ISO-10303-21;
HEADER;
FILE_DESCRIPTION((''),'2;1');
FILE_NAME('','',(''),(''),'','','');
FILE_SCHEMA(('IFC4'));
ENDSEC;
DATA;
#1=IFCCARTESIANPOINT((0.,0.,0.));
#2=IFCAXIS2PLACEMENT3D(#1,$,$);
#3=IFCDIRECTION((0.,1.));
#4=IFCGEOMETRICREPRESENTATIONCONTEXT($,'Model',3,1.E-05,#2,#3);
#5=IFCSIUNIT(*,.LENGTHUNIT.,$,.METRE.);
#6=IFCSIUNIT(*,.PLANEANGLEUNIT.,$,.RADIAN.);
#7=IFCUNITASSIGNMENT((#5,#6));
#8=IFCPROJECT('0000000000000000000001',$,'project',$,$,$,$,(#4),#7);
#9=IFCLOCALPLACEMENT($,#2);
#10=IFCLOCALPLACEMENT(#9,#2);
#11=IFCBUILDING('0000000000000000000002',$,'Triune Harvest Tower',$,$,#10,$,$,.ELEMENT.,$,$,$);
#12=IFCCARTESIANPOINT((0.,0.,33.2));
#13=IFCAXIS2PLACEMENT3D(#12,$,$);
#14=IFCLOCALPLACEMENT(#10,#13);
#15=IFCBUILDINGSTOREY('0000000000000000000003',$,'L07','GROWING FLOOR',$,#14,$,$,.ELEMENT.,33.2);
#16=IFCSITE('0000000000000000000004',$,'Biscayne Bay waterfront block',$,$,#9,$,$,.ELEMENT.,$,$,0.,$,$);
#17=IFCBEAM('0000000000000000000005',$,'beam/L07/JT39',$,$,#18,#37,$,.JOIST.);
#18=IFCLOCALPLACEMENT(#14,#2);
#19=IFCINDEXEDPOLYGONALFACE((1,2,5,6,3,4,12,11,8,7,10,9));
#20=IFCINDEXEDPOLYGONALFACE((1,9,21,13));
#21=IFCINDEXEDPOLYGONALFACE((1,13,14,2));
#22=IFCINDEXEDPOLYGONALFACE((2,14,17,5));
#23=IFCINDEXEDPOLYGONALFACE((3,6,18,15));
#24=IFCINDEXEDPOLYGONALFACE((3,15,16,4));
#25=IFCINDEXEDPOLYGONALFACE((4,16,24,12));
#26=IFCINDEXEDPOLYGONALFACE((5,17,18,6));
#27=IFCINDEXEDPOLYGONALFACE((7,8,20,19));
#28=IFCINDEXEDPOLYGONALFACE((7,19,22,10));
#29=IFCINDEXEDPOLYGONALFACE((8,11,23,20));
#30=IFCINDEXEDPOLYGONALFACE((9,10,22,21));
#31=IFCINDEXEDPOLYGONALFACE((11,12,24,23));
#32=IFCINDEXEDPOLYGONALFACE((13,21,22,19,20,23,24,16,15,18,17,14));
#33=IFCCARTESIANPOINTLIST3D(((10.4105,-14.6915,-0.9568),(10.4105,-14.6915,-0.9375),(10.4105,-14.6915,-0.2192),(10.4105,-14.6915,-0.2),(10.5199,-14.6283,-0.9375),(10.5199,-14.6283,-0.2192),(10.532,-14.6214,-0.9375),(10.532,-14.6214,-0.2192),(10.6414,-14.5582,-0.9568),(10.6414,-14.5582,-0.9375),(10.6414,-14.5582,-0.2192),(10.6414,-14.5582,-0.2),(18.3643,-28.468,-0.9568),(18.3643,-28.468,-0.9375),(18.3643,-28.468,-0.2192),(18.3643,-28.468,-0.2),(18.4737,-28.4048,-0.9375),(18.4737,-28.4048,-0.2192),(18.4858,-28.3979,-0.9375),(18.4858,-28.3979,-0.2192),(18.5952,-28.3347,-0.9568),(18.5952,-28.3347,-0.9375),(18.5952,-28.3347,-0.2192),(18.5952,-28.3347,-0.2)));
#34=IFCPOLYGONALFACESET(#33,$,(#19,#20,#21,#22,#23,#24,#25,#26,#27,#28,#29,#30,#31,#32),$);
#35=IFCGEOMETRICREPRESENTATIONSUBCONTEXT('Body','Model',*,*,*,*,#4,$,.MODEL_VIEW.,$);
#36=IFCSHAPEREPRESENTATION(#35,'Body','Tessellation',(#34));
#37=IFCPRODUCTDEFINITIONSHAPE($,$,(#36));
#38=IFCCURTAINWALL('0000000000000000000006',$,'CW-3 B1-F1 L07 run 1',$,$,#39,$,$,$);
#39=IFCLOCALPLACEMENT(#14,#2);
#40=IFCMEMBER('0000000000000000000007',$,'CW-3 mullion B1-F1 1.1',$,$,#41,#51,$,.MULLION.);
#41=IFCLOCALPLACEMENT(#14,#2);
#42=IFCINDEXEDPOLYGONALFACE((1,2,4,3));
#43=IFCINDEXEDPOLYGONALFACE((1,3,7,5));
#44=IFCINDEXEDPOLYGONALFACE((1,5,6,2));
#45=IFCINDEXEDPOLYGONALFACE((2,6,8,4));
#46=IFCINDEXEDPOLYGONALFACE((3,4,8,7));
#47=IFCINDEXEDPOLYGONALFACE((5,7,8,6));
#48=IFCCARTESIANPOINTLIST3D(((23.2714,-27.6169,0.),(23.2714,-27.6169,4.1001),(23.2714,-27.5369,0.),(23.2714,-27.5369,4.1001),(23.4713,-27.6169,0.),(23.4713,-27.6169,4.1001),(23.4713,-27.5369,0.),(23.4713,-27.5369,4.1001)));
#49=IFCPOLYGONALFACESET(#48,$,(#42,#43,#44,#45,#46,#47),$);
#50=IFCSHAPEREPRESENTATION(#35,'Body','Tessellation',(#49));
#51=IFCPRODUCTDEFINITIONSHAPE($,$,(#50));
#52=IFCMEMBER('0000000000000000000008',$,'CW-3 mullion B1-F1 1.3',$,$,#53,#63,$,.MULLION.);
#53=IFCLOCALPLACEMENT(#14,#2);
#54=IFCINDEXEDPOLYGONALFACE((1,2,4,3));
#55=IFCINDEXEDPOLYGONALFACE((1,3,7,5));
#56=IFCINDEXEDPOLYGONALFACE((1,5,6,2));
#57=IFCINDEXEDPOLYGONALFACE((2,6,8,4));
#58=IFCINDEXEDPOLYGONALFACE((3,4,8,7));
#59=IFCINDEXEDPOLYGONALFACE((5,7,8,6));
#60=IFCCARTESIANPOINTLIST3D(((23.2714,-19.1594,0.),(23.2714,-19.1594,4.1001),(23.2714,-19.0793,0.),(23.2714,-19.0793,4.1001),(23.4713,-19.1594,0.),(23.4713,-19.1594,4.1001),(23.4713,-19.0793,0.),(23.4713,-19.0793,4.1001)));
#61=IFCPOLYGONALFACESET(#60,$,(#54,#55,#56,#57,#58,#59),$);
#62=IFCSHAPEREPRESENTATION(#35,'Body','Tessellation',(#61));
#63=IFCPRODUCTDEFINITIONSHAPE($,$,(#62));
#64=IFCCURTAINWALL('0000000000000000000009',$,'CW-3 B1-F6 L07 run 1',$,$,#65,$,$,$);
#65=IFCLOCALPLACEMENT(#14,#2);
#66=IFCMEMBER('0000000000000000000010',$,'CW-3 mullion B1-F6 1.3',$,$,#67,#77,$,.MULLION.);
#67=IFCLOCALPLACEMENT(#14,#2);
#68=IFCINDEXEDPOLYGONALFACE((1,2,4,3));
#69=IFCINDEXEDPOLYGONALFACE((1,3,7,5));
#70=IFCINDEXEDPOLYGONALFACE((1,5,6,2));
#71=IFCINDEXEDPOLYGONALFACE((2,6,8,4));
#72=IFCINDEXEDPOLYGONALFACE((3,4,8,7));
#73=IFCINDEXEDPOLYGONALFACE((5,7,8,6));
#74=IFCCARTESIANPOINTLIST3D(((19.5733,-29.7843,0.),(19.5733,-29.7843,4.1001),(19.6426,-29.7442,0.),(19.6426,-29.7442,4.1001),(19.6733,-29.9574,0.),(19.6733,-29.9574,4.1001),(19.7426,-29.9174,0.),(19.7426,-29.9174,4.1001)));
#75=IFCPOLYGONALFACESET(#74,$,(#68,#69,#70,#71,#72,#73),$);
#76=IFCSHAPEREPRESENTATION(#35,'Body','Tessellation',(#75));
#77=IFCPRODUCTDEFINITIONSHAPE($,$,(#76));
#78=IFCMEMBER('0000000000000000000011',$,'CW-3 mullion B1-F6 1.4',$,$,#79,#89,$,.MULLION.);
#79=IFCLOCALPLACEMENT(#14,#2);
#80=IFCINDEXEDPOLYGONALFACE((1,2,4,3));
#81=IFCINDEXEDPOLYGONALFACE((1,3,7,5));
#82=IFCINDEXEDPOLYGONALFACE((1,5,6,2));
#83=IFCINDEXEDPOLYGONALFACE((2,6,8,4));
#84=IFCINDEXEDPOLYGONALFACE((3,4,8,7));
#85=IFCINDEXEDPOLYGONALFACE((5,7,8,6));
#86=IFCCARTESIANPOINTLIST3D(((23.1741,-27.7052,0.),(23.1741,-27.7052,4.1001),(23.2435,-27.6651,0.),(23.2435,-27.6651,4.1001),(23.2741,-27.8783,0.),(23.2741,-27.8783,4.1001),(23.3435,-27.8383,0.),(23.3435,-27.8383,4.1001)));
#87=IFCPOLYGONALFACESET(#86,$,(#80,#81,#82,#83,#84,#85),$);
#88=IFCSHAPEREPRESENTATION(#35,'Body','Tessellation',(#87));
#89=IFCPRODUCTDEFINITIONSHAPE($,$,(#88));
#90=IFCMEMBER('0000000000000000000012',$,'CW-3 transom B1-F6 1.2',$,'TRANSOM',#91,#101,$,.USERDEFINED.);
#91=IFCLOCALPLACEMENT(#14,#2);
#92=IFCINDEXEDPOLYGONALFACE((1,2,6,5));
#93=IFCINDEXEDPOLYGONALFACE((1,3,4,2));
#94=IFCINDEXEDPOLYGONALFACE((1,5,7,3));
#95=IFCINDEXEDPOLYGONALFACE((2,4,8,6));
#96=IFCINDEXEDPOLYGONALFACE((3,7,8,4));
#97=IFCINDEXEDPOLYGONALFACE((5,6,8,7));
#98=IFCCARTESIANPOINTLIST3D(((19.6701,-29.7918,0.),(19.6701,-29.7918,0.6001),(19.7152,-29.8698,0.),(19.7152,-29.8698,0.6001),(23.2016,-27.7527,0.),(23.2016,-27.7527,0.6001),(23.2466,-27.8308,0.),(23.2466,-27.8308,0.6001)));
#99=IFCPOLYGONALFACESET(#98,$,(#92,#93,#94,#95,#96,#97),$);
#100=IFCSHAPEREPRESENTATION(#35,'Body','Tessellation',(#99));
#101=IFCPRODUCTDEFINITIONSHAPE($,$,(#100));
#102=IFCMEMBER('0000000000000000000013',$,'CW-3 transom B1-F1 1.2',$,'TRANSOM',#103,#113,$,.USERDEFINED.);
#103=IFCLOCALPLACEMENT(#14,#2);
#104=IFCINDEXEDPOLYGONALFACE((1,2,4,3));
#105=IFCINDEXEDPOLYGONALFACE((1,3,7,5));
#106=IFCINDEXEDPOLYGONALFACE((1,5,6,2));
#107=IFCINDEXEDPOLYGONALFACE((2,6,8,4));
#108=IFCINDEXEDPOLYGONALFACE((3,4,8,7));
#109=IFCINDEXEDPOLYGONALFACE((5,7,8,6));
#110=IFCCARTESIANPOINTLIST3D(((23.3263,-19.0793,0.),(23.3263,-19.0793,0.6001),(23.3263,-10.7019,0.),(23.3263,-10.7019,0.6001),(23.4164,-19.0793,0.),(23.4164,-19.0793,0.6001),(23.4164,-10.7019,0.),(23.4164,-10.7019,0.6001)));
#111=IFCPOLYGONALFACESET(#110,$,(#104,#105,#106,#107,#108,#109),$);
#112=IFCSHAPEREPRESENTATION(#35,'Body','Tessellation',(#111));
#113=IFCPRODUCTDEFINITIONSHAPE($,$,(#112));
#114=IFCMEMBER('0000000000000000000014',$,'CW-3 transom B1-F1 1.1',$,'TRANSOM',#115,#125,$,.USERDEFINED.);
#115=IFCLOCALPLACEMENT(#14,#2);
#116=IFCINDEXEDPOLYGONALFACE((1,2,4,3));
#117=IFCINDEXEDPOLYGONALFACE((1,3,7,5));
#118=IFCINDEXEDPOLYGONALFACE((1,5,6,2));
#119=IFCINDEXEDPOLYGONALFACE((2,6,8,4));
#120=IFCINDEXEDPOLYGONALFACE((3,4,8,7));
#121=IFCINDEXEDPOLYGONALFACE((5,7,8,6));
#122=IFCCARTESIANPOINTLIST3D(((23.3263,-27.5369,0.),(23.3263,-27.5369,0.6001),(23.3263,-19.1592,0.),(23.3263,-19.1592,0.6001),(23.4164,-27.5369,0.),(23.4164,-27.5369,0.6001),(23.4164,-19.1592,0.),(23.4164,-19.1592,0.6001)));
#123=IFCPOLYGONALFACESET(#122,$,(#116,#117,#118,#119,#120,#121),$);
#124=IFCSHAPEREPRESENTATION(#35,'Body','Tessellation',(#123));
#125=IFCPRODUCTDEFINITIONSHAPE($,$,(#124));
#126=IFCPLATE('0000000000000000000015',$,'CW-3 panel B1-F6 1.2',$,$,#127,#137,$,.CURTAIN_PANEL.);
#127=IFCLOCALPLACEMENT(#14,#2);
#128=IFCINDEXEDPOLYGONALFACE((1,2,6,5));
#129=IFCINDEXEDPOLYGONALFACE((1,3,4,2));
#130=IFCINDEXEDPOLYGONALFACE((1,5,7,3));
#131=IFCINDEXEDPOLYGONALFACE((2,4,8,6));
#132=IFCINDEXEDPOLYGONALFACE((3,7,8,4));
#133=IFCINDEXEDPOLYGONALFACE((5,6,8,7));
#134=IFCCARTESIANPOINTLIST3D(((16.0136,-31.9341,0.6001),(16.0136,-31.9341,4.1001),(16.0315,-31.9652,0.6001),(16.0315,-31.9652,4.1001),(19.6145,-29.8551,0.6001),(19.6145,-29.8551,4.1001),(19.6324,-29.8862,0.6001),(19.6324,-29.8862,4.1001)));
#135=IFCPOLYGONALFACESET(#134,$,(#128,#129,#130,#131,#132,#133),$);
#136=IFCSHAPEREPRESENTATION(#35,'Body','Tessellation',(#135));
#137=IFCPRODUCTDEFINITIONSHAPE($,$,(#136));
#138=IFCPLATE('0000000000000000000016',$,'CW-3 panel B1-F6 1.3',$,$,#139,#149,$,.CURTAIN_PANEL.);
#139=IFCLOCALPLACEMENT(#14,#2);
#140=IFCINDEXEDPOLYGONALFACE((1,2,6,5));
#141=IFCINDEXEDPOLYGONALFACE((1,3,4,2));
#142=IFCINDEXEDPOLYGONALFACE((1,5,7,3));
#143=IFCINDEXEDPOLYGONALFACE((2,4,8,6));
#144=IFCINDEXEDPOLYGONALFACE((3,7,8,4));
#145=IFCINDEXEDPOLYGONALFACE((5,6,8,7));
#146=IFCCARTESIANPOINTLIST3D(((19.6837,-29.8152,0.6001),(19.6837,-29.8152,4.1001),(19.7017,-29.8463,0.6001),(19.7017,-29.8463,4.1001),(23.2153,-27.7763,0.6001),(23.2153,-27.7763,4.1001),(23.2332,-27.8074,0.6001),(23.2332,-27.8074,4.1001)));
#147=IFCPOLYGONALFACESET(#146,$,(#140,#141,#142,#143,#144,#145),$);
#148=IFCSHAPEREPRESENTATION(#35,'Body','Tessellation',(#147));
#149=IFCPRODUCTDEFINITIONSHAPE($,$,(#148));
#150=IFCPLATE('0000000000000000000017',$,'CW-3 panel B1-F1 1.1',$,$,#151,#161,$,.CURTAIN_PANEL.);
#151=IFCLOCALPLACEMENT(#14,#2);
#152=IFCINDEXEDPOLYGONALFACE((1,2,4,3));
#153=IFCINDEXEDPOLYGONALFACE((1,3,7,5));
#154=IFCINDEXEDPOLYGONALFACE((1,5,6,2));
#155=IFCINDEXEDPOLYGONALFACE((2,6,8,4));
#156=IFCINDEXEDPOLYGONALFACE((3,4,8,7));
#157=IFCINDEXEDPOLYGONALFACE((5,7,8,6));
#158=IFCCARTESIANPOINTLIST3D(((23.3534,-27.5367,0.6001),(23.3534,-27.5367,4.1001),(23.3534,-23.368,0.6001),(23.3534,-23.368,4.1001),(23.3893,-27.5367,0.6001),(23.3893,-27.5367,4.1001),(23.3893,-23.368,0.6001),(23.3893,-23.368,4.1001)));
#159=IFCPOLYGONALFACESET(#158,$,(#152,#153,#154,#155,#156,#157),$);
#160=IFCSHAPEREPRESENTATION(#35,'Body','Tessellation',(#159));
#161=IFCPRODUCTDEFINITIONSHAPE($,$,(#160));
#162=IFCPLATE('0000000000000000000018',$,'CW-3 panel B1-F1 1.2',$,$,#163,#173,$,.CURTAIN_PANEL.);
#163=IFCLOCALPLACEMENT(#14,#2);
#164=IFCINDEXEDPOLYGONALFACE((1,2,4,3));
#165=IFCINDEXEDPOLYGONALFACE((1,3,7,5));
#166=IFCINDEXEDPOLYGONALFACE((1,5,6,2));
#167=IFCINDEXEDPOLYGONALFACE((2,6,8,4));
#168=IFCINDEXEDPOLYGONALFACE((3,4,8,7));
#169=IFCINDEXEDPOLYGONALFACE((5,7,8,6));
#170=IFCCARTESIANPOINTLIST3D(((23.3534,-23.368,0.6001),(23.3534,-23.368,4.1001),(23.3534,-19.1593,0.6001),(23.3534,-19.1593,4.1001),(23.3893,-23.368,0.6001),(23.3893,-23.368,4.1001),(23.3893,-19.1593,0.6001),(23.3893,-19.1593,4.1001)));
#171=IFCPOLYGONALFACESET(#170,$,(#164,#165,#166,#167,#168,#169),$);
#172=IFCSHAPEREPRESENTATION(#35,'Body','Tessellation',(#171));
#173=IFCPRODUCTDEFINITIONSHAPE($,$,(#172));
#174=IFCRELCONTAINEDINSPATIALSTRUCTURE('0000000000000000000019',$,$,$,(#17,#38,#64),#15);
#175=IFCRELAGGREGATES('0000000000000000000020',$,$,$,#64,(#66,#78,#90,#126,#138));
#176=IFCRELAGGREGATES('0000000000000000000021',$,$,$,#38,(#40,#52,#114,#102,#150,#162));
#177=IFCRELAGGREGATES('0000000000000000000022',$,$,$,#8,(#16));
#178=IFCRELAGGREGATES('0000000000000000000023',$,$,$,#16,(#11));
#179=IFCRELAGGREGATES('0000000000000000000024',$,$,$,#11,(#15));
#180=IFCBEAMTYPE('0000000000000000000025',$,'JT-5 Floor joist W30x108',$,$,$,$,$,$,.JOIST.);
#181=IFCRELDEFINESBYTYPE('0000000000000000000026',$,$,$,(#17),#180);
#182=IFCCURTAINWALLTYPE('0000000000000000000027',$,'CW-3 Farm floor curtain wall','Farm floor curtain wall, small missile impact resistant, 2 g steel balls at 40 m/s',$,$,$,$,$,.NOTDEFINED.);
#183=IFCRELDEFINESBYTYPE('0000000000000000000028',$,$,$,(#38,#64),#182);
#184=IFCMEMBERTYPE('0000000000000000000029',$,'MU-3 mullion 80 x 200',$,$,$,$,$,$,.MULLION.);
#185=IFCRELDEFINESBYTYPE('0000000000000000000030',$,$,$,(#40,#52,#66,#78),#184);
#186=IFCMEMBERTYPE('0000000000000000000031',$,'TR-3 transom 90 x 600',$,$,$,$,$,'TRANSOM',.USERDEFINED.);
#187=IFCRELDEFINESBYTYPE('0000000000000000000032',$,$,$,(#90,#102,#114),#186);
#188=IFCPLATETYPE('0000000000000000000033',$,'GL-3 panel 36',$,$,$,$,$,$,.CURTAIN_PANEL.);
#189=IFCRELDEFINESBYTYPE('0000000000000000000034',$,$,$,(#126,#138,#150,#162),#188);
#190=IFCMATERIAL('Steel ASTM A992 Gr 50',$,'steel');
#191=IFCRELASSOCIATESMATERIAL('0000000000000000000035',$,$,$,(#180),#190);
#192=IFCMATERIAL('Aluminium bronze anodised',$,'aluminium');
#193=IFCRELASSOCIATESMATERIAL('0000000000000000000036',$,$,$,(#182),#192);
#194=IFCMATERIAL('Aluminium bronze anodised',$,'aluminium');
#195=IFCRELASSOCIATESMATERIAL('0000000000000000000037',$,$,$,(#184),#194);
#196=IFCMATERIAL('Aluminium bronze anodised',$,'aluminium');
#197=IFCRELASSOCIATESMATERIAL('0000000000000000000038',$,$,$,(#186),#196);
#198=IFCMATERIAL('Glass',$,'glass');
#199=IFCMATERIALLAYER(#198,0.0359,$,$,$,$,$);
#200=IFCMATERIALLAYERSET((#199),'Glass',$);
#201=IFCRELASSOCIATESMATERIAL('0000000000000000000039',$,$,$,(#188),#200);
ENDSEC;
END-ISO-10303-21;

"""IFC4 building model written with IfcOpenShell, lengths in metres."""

from ifc_helpers import new_model, si_unit, direction, frame, origin, origin_2d, place, context, subcontext, project, spatial, rectangle, i_section, extrude, source, transform, mapped, material, layer, layer_set, material_profile, profile_set, type_object, element, aggregate, save


model = new_model("IFC4")

# Units and contexts
model_context = context("Model", 3, precision=1e-05, world=origin(), true_north=direction((0.0, 1.0)))
body_context = subcontext(model_context, "Body", "Model", "MODEL_VIEW")
ifc_project = project(units=[si_unit("LENGTHUNIT", "METRE"), si_unit("PLANEANGLEUNIT", "RADIAN")], contexts=[model_context])

# Site, building, storey
site_placement = place(None, origin())
site = spatial("IfcSite", under=ifc_project, at=site_placement, Name="Biscayne Bay waterfront block", CompositionType="ELEMENT", RefElevation=0.0)
building_placement = place(site_placement, origin())
building = spatial("IfcBuilding", under=site, at=building_placement, Name="Triune Harvest Tower", CompositionType="ELEMENT")
storey_placement = place(building_placement, frame((0.0, 0.0, 33.2)))
storey = spatial("IfcBuildingStorey", under=building, at=storey_placement, Name="L07", Description="GROWING FLOOR", CompositionType="ELEMENT", Elevation=33.2)

# Beam
ifc_material_1 = material(Name="Steel ASTM A992 Gr 50", Category="steel")
ifc_material_profile_1 = material_profile(ifc_material_1, i_section(OverallWidth=0.2666, OverallDepth=0.7568, WebThickness=0.0139, FlangeThickness=0.0193, at=origin_2d()), Name="W30x108")
ifc_profile_set_1 = profile_set([ifc_material_profile_1], Name="Steel ASTM A992 Gr 50")
beam_type_1 = type_object("IfcBeamType", Name="JT-5 Floor joist W30x108", PredefinedType="JOIST", material=ifc_profile_set_1)
shared_shape_1 = source(origin(), body_context, "Body", "SweptSolid", [
    extrude(i_section(OverallWidth=0.2666, OverallDepth=0.7568, WebThickness=0.0139, FlangeThickness=0.0193, at=origin_2d()), origin(), (0.0, 0.0, 1.0), 15.9077),
])
beam_1_placement = place(storey_placement, frame((18.4797, -28.4014, -0.5784), z_axis=(-0.499997, 0.866027, 0.0), x_axis=(-0.866027, -0.499997, 0.0)))
element("IfcBeam", 1, at=beam_1_placement, inside=storey, type_object=beam_type_1, Name="beam/L07/JT39", PredefinedType="JOIST", context=body_context, shape_type="MappedRepresentation", body=[
    mapped(shared_shape_1, transform((0.0, 0.0, 0.0), scale=1.0)),
])

# Curtain walls, members
ifc_material_2 = material(Name="Aluminium bronze anodised", Category="aluminium")
curtain_wall_type = type_object("IfcCurtainWallType", Name="CW-3 Farm floor curtain wall", Description="Farm floor curtain wall, small missile impact resistant, 2 g steel balls at 40 m/s", PredefinedType="NOTDEFINED", material=ifc_material_2)
curtain_wall_1_placement = place(storey_placement, origin())
curtain_wall_1 = element("IfcCurtainWall", 2, at=curtain_wall_1_placement, inside=storey, type_object=curtain_wall_type, Name="CW-3 B1-F1 L07 run 1")
ifc_material_3 = material(Name="Aluminium bronze anodised", Category="aluminium")
ifc_material_profile_2 = material_profile(ifc_material_3, rectangle(XDim=0.2, YDim=0.0801, at=origin_2d()), Name="MU-3 mullion 80 x 200")
ifc_profile_set_2 = profile_set([ifc_material_profile_2], Name="Aluminium bronze anodised")
member_type_1 = type_object("IfcMemberType", Name="MU-3 mullion 80 x 200", PredefinedType="MULLION", material=ifc_profile_set_2)
shared_shape_2 = source(origin(), body_context, "Body", "SweptSolid", [
    extrude(rectangle(XDim=0.2, YDim=0.0801, at=origin_2d()), origin(), (0.0, 0.0, 1.0), 4.1001),
])
member_1_placement = place(storey_placement, frame((23.3713, -27.5769, 0.0), z_axis=(0.0, 0.0, 1.0), x_axis=(-1.0, 0.0, 0.0)))
member_1 = element("IfcMember", 3, at=member_1_placement, type_object=member_type_1, Name="CW-3 mullion B1-F1 1.1", PredefinedType="MULLION", context=body_context, shape_type="MappedRepresentation", body=[
    mapped(shared_shape_2, transform((0.0, 0.0, 0.0), scale=1.0)),
])
member_2_placement = place(storey_placement, frame((23.3713, -19.1194, 0.0), z_axis=(0.0, 0.0, 1.0), x_axis=(-1.0, 0.0, 0.0)))
member_2 = element("IfcMember", 4, at=member_2_placement, type_object=member_type_1, Name="CW-3 mullion B1-F1 1.3", PredefinedType="MULLION", context=body_context, shape_type="MappedRepresentation", body=[
    mapped(shared_shape_2, transform((0.0, 0.0, 0.0), scale=1.0)),
])
curtain_wall_2_placement = place(storey_placement, origin())
curtain_wall_2 = element("IfcCurtainWall", 5, at=curtain_wall_2_placement, inside=storey, type_object=curtain_wall_type, Name="CW-3 B1-F6 L07 run 1")
member_3_placement = place(storey_placement, frame((19.658, -29.8508, 0.0), z_axis=(0.0, 0.0, 1.0), x_axis=(-0.499999, 0.866026, 0.0)))
member_3 = element("IfcMember", 6, at=member_3_placement, type_object=member_type_1, Name="CW-3 mullion B1-F6 1.3", PredefinedType="MULLION", context=body_context, shape_type="MappedRepresentation", body=[
    mapped(shared_shape_2, transform((0.0, 0.0, 0.0), scale=1.0)),
])
member_4_placement = place(storey_placement, frame((23.2588, -27.7717, 0.0), z_axis=(0.0, 0.0, 1.0), x_axis=(-0.499999, 0.866026, 0.0)))
member_4 = element("IfcMember", 7, at=member_4_placement, type_object=member_type_1, Name="CW-3 mullion B1-F6 1.4", PredefinedType="MULLION", context=body_context, shape_type="MappedRepresentation", body=[
    mapped(shared_shape_2, transform((0.0, 0.0, 0.0), scale=1.0)),
])
ifc_material_4 = material(Name="Aluminium bronze anodised", Category="aluminium")
ifc_material_profile_3 = material_profile(ifc_material_4, rectangle(XDim=0.0901, YDim=0.6001, at=origin_2d()), Name="TR-3 transom 90 x 600")
ifc_profile_set_3 = profile_set([ifc_material_profile_3], Name="Aluminium bronze anodised")
member_type_2 = type_object("IfcMemberType", Name="TR-3 transom 90 x 600", ElementType="TRANSOM", PredefinedType="USERDEFINED", material=ifc_profile_set_3)
shared_shape_3 = source(origin(), body_context, "Body", "SweptSolid", [
    extrude(rectangle(XDim=0.0901, YDim=0.6001, at=origin_2d()), origin(), (0.0, 0.0, 1.0), 4.0779),
])
member_5_placement = place(storey_placement, frame((19.6926, -29.8308, 0.3), z_axis=(0.866009, 0.500028, 0.0), x_axis=(-0.500028, 0.866009, 0.0)))
member_5 = element("IfcMember", 8, at=member_5_placement, type_object=member_type_2, Name="CW-3 transom B1-F6 1.2", ObjectType="TRANSOM", PredefinedType="USERDEFINED", context=body_context, shape_type="MappedRepresentation", body=[
    mapped(shared_shape_3, transform((0.0, 0.0, 0.0), scale=1.0)),
])

# Members
shared_shape_4 = source(origin(), body_context, "Body", "SweptSolid", [
    extrude(rectangle(XDim=0.0901, YDim=0.6001, at=origin_2d()), origin(), (0.0, 0.0, 1.0), 8.3774),
])
member_6_placement = place(storey_placement, frame((23.3713, -19.0793, 0.3), z_axis=(0.0, 1.0, 0.0), x_axis=(-1.0, 0.0, 0.0)))
member_6 = element("IfcMember", 9, at=member_6_placement, type_object=member_type_2, Name="CW-3 transom B1-F1 1.2", ObjectType="TRANSOM", PredefinedType="USERDEFINED", context=body_context, shape_type="MappedRepresentation", body=[
    mapped(shared_shape_4, transform((0.0, 0.0, 0.0), scale=1.0)),
])
shared_shape_5 = source(origin(), body_context, "Body", "SweptSolid", [
    extrude(rectangle(XDim=0.0901, YDim=0.6001, at=origin_2d()), origin(), (0.0, 0.0, 1.0), 8.3777),
])
member_7_placement = place(storey_placement, frame((23.3713, -27.5369, 0.3), z_axis=(0.0, 1.0, 0.0), x_axis=(-1.0, 0.0, 0.0)))
member_7 = element("IfcMember", 10, at=member_7_placement, type_object=member_type_2, Name="CW-3 transom B1-F1 1.1", ObjectType="TRANSOM", PredefinedType="USERDEFINED", context=body_context, shape_type="MappedRepresentation", body=[
    mapped(shared_shape_5, transform((0.0, 0.0, 0.0), scale=1.0)),
])

# Plates
ifc_material_5 = material(Name="Glass", Category="glass")
ifc_layer_1 = layer(ifc_material_5, 0.0359)
ifc_layer_set_1 = layer_set([ifc_layer_1], Name="Glass")
plate_type = type_object("IfcPlateType", Name="GL-3 panel 36", PredefinedType="CURTAIN_PANEL", material=ifc_layer_set_1)
shared_shape_6 = source(origin(), body_context, "Body", "SweptSolid", [
    extrude(rectangle(XDim=4.158, YDim=0.0359, at=origin_2d()), origin(), (0.0, 0.0, 1.0), 3.5),
])
plate_1_placement = place(storey_placement, frame((17.823, -30.9102, 0.6001), z_axis=(0.0, 0.0, 1.0), x_axis=(0.866026, 0.499999, 0.0)))
plate_1 = element("IfcPlate", 11, at=plate_1_placement, type_object=plate_type, Name="CW-3 panel B1-F6 1.2", PredefinedType="CURTAIN_PANEL", context=body_context, shape_type="MappedRepresentation", body=[
    mapped(shared_shape_6, transform((0.0, 0.0, 0.0), scale=1.0)),
])
shared_shape_7 = source(origin(), body_context, "Body", "SweptSolid", [
    extrude(rectangle(XDim=4.0779, YDim=0.0359, at=origin_2d()), origin(), (0.0, 0.0, 1.0), 3.5),
])
plate_2_placement = place(storey_placement, frame((21.4585, -28.8113, 0.6001), z_axis=(0.0, 0.0, 1.0), x_axis=(0.866026, 0.499999, 0.0)))
plate_2 = element("IfcPlate", 12, at=plate_2_placement, type_object=plate_type, Name="CW-3 panel B1-F6 1.3", PredefinedType="CURTAIN_PANEL", context=body_context, shape_type="MappedRepresentation", body=[
    mapped(shared_shape_7, transform((0.0, 0.0, 0.0), scale=1.0)),
])
aggregate(curtain_wall_2, [member_3, member_4, member_5, plate_1, plate_2])
shared_shape_8 = source(origin(), body_context, "Body", "SweptSolid", [
    extrude(rectangle(XDim=4.1687, YDim=0.0359, at=origin_2d()), origin(), (0.0, 0.0, 1.0), 3.5),
])
plate_3_placement = place(storey_placement, frame((23.3713, -25.4524, 0.6001), z_axis=(0.0, 0.0, 1.0), x_axis=(0.0, 1.0, 0.0)))
plate_3 = element("IfcPlate", 13, at=plate_3_placement, type_object=plate_type, Name="CW-3 panel B1-F1 1.1", PredefinedType="CURTAIN_PANEL", context=body_context, shape_type="MappedRepresentation", body=[
    mapped(shared_shape_8, transform((0.0, 0.0, 0.0), scale=1.0)),
])
shared_shape_9 = source(origin(), body_context, "Body", "SweptSolid", [
    extrude(rectangle(XDim=4.2087, YDim=0.0359, at=origin_2d()), origin(), (0.0, 0.0, 1.0), 3.5),
])
plate_4_placement = place(storey_placement, frame((23.3713, -21.2637, 0.6001), z_axis=(0.0, 0.0, 1.0), x_axis=(0.0, 1.0, 0.0)))
plate_4 = element("IfcPlate", 14, at=plate_4_placement, type_object=plate_type, Name="CW-3 panel B1-F1 1.2", PredefinedType="CURTAIN_PANEL", context=body_context, shape_type="MappedRepresentation", body=[
    mapped(shared_shape_9, transform((0.0, 0.0, 0.0), scale=1.0)),
])
aggregate(curtain_wall_1, [member_1, member_2, member_7, member_6, plate_3, plate_4])

save(model, "model.ifc")
